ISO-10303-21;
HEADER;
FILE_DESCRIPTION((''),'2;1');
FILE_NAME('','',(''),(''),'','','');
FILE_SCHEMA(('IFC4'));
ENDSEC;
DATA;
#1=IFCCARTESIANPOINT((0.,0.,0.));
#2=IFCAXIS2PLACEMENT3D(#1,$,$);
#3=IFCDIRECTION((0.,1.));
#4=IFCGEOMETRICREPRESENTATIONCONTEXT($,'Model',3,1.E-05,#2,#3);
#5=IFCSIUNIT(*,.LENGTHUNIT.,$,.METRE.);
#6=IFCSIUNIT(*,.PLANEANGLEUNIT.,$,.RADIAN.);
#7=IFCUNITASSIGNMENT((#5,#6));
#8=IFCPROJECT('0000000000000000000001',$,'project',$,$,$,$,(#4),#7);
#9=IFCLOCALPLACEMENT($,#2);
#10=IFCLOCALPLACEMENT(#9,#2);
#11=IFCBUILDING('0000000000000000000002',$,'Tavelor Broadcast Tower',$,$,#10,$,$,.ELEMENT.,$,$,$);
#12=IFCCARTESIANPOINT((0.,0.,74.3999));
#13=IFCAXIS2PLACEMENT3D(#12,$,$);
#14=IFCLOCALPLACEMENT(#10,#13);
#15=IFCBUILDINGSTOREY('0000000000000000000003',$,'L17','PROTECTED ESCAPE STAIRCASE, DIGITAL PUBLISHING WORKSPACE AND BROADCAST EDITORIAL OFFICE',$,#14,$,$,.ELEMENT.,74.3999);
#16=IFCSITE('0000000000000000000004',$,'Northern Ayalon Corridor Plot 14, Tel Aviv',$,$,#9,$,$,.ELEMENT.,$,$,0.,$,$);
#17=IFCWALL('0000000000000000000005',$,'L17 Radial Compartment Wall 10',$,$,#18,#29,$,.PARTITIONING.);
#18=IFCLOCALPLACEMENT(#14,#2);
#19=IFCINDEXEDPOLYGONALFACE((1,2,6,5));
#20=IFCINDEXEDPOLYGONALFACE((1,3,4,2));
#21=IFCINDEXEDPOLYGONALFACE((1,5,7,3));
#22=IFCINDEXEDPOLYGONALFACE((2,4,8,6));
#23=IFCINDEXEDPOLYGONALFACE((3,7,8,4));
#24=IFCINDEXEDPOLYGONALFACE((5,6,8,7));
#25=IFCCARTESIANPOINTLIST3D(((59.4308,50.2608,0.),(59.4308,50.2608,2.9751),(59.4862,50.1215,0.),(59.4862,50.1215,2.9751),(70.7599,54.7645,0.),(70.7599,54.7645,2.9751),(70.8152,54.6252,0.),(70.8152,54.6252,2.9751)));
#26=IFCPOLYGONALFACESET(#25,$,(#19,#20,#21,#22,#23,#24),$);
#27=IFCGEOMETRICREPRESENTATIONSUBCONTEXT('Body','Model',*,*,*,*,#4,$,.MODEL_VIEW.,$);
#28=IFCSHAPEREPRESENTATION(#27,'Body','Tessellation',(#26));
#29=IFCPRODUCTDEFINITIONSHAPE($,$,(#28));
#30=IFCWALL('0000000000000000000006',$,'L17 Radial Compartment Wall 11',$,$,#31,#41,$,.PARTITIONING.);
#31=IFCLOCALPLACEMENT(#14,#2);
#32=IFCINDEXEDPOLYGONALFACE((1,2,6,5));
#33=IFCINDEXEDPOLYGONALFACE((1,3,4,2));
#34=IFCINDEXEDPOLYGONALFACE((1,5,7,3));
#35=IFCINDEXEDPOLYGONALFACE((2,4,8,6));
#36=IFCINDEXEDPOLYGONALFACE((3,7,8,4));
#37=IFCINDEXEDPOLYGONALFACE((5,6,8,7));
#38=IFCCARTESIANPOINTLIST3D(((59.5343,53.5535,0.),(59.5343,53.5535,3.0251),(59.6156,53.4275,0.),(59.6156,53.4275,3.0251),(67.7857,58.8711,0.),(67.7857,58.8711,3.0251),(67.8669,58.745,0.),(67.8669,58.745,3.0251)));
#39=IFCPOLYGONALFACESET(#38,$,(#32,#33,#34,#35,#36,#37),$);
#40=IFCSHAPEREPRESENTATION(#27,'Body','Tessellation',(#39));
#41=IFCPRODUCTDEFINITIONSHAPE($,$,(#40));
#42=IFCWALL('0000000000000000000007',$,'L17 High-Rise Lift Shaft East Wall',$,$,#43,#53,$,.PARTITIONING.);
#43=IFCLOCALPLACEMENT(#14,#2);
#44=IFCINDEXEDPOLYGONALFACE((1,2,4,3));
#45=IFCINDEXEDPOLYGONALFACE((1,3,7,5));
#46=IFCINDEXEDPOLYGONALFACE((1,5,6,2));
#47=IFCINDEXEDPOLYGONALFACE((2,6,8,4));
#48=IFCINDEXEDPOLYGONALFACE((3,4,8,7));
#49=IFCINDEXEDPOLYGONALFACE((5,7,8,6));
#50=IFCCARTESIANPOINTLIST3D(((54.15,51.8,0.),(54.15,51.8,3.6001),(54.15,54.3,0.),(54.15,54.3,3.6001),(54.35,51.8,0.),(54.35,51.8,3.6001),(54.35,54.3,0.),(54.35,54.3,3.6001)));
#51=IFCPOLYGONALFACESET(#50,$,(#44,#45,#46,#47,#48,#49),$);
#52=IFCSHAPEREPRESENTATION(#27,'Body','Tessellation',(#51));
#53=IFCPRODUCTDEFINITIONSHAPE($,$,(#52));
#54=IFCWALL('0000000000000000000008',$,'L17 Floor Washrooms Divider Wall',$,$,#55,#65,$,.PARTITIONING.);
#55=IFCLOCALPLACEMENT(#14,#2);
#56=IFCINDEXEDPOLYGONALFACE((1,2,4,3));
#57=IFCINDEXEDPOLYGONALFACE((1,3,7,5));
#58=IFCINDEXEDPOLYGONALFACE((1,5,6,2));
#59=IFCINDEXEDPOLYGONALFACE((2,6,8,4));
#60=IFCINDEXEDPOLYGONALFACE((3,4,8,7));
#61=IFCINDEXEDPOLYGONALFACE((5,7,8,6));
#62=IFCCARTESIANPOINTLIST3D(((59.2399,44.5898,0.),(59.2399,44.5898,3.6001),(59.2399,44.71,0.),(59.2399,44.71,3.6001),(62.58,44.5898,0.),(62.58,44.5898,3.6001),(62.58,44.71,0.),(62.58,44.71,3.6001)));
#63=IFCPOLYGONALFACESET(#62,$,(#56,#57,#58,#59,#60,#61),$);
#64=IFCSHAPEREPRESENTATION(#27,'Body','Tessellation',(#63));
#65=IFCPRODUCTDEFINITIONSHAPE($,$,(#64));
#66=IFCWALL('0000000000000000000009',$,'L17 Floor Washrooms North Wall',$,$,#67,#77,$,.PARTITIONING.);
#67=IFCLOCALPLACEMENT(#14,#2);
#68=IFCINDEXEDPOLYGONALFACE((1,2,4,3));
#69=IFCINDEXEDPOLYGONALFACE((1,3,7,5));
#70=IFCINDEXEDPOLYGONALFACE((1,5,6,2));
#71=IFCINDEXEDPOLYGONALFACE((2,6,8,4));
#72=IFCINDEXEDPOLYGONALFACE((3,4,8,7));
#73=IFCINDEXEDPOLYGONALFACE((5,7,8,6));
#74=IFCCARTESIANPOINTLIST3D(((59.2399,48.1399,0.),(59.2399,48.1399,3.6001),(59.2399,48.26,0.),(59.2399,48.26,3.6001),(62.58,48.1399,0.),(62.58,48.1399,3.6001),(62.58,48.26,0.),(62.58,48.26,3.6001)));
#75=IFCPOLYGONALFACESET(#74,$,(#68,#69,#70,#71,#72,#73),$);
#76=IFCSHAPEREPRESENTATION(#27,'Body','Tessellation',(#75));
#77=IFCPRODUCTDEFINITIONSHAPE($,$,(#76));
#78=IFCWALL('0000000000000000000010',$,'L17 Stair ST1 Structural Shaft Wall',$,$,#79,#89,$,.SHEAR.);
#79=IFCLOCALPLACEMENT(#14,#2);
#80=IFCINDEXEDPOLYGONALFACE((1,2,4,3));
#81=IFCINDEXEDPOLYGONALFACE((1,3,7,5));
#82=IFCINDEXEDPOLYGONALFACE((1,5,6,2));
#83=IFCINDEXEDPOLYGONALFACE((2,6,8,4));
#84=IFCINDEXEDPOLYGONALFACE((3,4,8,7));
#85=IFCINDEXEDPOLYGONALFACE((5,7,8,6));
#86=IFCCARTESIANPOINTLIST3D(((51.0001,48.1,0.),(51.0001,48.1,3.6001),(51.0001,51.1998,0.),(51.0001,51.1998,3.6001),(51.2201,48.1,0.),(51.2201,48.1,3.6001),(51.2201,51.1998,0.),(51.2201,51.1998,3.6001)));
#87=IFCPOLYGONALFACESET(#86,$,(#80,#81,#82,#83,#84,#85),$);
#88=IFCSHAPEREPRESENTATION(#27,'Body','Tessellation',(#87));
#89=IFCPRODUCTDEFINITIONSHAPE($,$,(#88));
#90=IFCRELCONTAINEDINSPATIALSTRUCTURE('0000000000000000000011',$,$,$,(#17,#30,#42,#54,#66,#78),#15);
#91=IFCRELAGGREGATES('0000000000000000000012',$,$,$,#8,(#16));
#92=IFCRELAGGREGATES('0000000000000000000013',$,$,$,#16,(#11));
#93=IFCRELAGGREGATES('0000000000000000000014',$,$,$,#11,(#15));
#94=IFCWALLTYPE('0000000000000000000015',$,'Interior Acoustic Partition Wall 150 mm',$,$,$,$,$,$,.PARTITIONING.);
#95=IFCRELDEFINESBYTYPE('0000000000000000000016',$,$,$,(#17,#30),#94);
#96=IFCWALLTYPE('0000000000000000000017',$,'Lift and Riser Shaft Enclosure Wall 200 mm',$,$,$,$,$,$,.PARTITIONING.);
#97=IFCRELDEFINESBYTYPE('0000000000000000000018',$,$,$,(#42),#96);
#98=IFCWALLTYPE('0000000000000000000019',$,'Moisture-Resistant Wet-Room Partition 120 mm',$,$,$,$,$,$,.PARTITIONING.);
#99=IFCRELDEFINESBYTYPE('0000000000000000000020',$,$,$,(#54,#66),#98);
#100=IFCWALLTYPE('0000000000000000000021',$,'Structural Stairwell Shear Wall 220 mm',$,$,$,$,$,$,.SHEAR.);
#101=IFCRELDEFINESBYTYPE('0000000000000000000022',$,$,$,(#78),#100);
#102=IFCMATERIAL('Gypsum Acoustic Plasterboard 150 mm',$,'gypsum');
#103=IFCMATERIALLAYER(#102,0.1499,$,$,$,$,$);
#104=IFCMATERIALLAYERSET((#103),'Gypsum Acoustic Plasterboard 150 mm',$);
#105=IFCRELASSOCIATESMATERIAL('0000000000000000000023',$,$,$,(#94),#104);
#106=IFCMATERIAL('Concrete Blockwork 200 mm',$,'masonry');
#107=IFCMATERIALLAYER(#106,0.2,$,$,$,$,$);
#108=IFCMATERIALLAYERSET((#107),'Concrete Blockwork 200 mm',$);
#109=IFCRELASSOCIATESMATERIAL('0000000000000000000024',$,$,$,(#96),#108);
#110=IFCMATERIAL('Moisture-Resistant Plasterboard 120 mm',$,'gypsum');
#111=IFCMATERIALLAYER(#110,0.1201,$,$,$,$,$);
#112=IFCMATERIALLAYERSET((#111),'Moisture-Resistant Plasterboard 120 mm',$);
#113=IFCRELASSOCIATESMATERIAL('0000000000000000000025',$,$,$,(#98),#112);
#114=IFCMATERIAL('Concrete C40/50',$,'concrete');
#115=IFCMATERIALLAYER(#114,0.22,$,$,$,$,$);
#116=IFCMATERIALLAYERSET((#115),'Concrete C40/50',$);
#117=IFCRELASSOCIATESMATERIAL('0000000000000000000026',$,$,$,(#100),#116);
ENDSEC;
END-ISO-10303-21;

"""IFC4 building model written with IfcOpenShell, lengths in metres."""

from ifc_helpers import new_model, si_unit, direction, frame, frame_2d, origin, place, context, subcontext, project, spatial, rectangle, extrude, material, layer, layer_set, type_object, element, save


model = new_model("IFC4")

# Units and contexts
model_context = context("Model", 3, precision=1e-05, world=origin(), true_north=direction((0.0, 1.0)))
body_context = subcontext(model_context, "Body", "Model", "MODEL_VIEW")
ifc_project = project(units=[si_unit("LENGTHUNIT", "METRE"), si_unit("PLANEANGLEUNIT", "RADIAN")], contexts=[model_context])

# Site, building, storey
site_placement = place(None, origin())
site = spatial("IfcSite", under=ifc_project, at=site_placement, Name="Northern Ayalon Corridor Plot 14, Tel Aviv", CompositionType="ELEMENT", RefElevation=0.0)
building_placement = place(site_placement, origin())
building = spatial("IfcBuilding", under=site, at=building_placement, Name="Tavelor Broadcast Tower", CompositionType="ELEMENT")
storey_placement = place(building_placement, frame((0.0, 0.0, 74.3999)))
storey = spatial("IfcBuildingStorey", under=building, at=storey_placement, Name="L17", Description="PROTECTED ESCAPE STAIRCASE, DIGITAL PUBLISHING WORKSPACE AND BROADCAST EDITORIAL OFFICE", CompositionType="ELEMENT", Elevation=74.3999)

# Shared definitions
ifc_material_1 = material(Name="Concrete C40/50", Category="concrete")

# Walls
ifc_material_2 = material(Name="Gypsum Acoustic Plasterboard 150 mm", Category="gypsum")
ifc_layer_1 = layer(ifc_material_2, 0.1499)
ifc_layer_set_1 = layer_set([ifc_layer_1], Name="Gypsum Acoustic Plasterboard 150 mm")
wall_type_1 = type_object("IfcWallType", Name="Interior Acoustic Partition Wall 150 mm", PredefinedType="PARTITIONING", material=ifc_layer_set_1)
wall_1_placement = place(storey_placement, frame((59.4585, 50.1912, 0.0), z_axis=(0.0, 0.0, 1.0), x_axis=(0.929266, 0.369411, 0.0)))
element("IfcWall", 1, at=wall_1_placement, inside=storey, type_object=wall_type_1, Name="L17 Radial Compartment Wall 10", PredefinedType="PARTITIONING", context=body_context, shape_type="SweptSolid", body=[
    extrude(rectangle(XDim=12.1914, YDim=0.1499, at=frame_2d((6.0957, 0.0))), origin(), (0.0, 0.0, 1.0), 2.9751),
])
wall_2_placement = place(storey_placement, frame((59.575, 53.4905, 0.0), z_axis=(0.0, 0.0, 1.0), x_axis=(0.84057, 0.541703, 0.0)))
element("IfcWall", 2, at=wall_2_placement, inside=storey, type_object=wall_type_1, Name="L17 Radial Compartment Wall 11", PredefinedType="PARTITIONING", context=body_context, shape_type="SweptSolid", body=[
    extrude(rectangle(XDim=9.8164, YDim=0.1499, at=frame_2d((4.9082, 0.0))), origin(), (0.0, 0.0, 1.0), 3.0251),
])
ifc_material_3 = material(Name="Concrete Blockwork 200 mm", Category="masonry")
ifc_layer_2 = layer(ifc_material_3, 0.2)
ifc_layer_set_2 = layer_set([ifc_layer_2], Name="Concrete Blockwork 200 mm")
wall_type_2 = type_object("IfcWallType", Name="Lift and Riser Shaft Enclosure Wall 200 mm", PredefinedType="PARTITIONING", material=ifc_layer_set_2)
wall_3_placement = place(storey_placement, frame((54.25, 51.8, 0.0), z_axis=(0.0, 0.0, 1.0), x_axis=(0.0, 1.0, 0.0)))
element("IfcWall", 3, at=wall_3_placement, inside=storey, type_object=wall_type_2, Name="L17 High-Rise Lift Shaft East Wall", PredefinedType="PARTITIONING", context=body_context, shape_type="SweptSolid", body=[
    extrude(rectangle(XDim=2.5, YDim=0.2, at=frame_2d((1.25, 0.0))), origin(), (0.0, 0.0, 1.0), 3.6001),
])
ifc_material_4 = material(Name="Moisture-Resistant Plasterboard 120 mm", Category="gypsum")
ifc_layer_3 = layer(ifc_material_4, 0.1201)
ifc_layer_set_3 = layer_set([ifc_layer_3], Name="Moisture-Resistant Plasterboard 120 mm")
wall_type_3 = type_object("IfcWallType", Name="Moisture-Resistant Wet-Room Partition 120 mm", PredefinedType="PARTITIONING", material=ifc_layer_set_3)
for number, where, z_axis, x_axis, name in (
    (4, (59.24, 44.6499, 0.0), (0.0, 0.0, 1.0), (1.0, 0.0, 0.0), "L17 Floor Washrooms Divider Wall"),
    (5, (59.24, 48.2, 0.0), (0.0, 0.0, 1.0), (1.0, 0.0, 0.0), "L17 Floor Washrooms North Wall"),
):
    element("IfcWall", number, at=place(storey_placement, frame(where, z_axis=z_axis, x_axis=x_axis)), inside=storey, type_object=wall_type_3, Name=name, PredefinedType="PARTITIONING", context=body_context, shape_type="SweptSolid", body=[
        extrude(rectangle(XDim=3.3401, YDim=0.1201, at=frame_2d((1.6699, 0.0))), origin(), (0.0, 0.0, 1.0), 3.6001),
    ])
ifc_layer_4 = layer(ifc_material_1, 0.22)
ifc_layer_set_4 = layer_set([ifc_layer_4], Name="Concrete C40/50")
wall_type_4 = type_object("IfcWallType", Name="Structural Stairwell Shear Wall 220 mm", PredefinedType="SHEAR", material=ifc_layer_set_4)
wall_4_placement = place(storey_placement, frame((51.1101, 48.1001, 0.0), z_axis=(0.0, 0.0, 1.0), x_axis=(0.0, 1.0, 0.0)))
element("IfcWall", 6, at=wall_4_placement, inside=storey, type_object=wall_type_4, Name="L17 Stair ST1 Structural Shaft Wall", PredefinedType="SHEAR", context=body_context, shape_type="SweptSolid", body=[
    extrude(rectangle(XDim=3.0999, YDim=0.22, at=frame_2d((1.5498, 0.0))), origin(), (0.0, 0.0, 1.0), 3.6001),
])

save(model, "model.ifc")
